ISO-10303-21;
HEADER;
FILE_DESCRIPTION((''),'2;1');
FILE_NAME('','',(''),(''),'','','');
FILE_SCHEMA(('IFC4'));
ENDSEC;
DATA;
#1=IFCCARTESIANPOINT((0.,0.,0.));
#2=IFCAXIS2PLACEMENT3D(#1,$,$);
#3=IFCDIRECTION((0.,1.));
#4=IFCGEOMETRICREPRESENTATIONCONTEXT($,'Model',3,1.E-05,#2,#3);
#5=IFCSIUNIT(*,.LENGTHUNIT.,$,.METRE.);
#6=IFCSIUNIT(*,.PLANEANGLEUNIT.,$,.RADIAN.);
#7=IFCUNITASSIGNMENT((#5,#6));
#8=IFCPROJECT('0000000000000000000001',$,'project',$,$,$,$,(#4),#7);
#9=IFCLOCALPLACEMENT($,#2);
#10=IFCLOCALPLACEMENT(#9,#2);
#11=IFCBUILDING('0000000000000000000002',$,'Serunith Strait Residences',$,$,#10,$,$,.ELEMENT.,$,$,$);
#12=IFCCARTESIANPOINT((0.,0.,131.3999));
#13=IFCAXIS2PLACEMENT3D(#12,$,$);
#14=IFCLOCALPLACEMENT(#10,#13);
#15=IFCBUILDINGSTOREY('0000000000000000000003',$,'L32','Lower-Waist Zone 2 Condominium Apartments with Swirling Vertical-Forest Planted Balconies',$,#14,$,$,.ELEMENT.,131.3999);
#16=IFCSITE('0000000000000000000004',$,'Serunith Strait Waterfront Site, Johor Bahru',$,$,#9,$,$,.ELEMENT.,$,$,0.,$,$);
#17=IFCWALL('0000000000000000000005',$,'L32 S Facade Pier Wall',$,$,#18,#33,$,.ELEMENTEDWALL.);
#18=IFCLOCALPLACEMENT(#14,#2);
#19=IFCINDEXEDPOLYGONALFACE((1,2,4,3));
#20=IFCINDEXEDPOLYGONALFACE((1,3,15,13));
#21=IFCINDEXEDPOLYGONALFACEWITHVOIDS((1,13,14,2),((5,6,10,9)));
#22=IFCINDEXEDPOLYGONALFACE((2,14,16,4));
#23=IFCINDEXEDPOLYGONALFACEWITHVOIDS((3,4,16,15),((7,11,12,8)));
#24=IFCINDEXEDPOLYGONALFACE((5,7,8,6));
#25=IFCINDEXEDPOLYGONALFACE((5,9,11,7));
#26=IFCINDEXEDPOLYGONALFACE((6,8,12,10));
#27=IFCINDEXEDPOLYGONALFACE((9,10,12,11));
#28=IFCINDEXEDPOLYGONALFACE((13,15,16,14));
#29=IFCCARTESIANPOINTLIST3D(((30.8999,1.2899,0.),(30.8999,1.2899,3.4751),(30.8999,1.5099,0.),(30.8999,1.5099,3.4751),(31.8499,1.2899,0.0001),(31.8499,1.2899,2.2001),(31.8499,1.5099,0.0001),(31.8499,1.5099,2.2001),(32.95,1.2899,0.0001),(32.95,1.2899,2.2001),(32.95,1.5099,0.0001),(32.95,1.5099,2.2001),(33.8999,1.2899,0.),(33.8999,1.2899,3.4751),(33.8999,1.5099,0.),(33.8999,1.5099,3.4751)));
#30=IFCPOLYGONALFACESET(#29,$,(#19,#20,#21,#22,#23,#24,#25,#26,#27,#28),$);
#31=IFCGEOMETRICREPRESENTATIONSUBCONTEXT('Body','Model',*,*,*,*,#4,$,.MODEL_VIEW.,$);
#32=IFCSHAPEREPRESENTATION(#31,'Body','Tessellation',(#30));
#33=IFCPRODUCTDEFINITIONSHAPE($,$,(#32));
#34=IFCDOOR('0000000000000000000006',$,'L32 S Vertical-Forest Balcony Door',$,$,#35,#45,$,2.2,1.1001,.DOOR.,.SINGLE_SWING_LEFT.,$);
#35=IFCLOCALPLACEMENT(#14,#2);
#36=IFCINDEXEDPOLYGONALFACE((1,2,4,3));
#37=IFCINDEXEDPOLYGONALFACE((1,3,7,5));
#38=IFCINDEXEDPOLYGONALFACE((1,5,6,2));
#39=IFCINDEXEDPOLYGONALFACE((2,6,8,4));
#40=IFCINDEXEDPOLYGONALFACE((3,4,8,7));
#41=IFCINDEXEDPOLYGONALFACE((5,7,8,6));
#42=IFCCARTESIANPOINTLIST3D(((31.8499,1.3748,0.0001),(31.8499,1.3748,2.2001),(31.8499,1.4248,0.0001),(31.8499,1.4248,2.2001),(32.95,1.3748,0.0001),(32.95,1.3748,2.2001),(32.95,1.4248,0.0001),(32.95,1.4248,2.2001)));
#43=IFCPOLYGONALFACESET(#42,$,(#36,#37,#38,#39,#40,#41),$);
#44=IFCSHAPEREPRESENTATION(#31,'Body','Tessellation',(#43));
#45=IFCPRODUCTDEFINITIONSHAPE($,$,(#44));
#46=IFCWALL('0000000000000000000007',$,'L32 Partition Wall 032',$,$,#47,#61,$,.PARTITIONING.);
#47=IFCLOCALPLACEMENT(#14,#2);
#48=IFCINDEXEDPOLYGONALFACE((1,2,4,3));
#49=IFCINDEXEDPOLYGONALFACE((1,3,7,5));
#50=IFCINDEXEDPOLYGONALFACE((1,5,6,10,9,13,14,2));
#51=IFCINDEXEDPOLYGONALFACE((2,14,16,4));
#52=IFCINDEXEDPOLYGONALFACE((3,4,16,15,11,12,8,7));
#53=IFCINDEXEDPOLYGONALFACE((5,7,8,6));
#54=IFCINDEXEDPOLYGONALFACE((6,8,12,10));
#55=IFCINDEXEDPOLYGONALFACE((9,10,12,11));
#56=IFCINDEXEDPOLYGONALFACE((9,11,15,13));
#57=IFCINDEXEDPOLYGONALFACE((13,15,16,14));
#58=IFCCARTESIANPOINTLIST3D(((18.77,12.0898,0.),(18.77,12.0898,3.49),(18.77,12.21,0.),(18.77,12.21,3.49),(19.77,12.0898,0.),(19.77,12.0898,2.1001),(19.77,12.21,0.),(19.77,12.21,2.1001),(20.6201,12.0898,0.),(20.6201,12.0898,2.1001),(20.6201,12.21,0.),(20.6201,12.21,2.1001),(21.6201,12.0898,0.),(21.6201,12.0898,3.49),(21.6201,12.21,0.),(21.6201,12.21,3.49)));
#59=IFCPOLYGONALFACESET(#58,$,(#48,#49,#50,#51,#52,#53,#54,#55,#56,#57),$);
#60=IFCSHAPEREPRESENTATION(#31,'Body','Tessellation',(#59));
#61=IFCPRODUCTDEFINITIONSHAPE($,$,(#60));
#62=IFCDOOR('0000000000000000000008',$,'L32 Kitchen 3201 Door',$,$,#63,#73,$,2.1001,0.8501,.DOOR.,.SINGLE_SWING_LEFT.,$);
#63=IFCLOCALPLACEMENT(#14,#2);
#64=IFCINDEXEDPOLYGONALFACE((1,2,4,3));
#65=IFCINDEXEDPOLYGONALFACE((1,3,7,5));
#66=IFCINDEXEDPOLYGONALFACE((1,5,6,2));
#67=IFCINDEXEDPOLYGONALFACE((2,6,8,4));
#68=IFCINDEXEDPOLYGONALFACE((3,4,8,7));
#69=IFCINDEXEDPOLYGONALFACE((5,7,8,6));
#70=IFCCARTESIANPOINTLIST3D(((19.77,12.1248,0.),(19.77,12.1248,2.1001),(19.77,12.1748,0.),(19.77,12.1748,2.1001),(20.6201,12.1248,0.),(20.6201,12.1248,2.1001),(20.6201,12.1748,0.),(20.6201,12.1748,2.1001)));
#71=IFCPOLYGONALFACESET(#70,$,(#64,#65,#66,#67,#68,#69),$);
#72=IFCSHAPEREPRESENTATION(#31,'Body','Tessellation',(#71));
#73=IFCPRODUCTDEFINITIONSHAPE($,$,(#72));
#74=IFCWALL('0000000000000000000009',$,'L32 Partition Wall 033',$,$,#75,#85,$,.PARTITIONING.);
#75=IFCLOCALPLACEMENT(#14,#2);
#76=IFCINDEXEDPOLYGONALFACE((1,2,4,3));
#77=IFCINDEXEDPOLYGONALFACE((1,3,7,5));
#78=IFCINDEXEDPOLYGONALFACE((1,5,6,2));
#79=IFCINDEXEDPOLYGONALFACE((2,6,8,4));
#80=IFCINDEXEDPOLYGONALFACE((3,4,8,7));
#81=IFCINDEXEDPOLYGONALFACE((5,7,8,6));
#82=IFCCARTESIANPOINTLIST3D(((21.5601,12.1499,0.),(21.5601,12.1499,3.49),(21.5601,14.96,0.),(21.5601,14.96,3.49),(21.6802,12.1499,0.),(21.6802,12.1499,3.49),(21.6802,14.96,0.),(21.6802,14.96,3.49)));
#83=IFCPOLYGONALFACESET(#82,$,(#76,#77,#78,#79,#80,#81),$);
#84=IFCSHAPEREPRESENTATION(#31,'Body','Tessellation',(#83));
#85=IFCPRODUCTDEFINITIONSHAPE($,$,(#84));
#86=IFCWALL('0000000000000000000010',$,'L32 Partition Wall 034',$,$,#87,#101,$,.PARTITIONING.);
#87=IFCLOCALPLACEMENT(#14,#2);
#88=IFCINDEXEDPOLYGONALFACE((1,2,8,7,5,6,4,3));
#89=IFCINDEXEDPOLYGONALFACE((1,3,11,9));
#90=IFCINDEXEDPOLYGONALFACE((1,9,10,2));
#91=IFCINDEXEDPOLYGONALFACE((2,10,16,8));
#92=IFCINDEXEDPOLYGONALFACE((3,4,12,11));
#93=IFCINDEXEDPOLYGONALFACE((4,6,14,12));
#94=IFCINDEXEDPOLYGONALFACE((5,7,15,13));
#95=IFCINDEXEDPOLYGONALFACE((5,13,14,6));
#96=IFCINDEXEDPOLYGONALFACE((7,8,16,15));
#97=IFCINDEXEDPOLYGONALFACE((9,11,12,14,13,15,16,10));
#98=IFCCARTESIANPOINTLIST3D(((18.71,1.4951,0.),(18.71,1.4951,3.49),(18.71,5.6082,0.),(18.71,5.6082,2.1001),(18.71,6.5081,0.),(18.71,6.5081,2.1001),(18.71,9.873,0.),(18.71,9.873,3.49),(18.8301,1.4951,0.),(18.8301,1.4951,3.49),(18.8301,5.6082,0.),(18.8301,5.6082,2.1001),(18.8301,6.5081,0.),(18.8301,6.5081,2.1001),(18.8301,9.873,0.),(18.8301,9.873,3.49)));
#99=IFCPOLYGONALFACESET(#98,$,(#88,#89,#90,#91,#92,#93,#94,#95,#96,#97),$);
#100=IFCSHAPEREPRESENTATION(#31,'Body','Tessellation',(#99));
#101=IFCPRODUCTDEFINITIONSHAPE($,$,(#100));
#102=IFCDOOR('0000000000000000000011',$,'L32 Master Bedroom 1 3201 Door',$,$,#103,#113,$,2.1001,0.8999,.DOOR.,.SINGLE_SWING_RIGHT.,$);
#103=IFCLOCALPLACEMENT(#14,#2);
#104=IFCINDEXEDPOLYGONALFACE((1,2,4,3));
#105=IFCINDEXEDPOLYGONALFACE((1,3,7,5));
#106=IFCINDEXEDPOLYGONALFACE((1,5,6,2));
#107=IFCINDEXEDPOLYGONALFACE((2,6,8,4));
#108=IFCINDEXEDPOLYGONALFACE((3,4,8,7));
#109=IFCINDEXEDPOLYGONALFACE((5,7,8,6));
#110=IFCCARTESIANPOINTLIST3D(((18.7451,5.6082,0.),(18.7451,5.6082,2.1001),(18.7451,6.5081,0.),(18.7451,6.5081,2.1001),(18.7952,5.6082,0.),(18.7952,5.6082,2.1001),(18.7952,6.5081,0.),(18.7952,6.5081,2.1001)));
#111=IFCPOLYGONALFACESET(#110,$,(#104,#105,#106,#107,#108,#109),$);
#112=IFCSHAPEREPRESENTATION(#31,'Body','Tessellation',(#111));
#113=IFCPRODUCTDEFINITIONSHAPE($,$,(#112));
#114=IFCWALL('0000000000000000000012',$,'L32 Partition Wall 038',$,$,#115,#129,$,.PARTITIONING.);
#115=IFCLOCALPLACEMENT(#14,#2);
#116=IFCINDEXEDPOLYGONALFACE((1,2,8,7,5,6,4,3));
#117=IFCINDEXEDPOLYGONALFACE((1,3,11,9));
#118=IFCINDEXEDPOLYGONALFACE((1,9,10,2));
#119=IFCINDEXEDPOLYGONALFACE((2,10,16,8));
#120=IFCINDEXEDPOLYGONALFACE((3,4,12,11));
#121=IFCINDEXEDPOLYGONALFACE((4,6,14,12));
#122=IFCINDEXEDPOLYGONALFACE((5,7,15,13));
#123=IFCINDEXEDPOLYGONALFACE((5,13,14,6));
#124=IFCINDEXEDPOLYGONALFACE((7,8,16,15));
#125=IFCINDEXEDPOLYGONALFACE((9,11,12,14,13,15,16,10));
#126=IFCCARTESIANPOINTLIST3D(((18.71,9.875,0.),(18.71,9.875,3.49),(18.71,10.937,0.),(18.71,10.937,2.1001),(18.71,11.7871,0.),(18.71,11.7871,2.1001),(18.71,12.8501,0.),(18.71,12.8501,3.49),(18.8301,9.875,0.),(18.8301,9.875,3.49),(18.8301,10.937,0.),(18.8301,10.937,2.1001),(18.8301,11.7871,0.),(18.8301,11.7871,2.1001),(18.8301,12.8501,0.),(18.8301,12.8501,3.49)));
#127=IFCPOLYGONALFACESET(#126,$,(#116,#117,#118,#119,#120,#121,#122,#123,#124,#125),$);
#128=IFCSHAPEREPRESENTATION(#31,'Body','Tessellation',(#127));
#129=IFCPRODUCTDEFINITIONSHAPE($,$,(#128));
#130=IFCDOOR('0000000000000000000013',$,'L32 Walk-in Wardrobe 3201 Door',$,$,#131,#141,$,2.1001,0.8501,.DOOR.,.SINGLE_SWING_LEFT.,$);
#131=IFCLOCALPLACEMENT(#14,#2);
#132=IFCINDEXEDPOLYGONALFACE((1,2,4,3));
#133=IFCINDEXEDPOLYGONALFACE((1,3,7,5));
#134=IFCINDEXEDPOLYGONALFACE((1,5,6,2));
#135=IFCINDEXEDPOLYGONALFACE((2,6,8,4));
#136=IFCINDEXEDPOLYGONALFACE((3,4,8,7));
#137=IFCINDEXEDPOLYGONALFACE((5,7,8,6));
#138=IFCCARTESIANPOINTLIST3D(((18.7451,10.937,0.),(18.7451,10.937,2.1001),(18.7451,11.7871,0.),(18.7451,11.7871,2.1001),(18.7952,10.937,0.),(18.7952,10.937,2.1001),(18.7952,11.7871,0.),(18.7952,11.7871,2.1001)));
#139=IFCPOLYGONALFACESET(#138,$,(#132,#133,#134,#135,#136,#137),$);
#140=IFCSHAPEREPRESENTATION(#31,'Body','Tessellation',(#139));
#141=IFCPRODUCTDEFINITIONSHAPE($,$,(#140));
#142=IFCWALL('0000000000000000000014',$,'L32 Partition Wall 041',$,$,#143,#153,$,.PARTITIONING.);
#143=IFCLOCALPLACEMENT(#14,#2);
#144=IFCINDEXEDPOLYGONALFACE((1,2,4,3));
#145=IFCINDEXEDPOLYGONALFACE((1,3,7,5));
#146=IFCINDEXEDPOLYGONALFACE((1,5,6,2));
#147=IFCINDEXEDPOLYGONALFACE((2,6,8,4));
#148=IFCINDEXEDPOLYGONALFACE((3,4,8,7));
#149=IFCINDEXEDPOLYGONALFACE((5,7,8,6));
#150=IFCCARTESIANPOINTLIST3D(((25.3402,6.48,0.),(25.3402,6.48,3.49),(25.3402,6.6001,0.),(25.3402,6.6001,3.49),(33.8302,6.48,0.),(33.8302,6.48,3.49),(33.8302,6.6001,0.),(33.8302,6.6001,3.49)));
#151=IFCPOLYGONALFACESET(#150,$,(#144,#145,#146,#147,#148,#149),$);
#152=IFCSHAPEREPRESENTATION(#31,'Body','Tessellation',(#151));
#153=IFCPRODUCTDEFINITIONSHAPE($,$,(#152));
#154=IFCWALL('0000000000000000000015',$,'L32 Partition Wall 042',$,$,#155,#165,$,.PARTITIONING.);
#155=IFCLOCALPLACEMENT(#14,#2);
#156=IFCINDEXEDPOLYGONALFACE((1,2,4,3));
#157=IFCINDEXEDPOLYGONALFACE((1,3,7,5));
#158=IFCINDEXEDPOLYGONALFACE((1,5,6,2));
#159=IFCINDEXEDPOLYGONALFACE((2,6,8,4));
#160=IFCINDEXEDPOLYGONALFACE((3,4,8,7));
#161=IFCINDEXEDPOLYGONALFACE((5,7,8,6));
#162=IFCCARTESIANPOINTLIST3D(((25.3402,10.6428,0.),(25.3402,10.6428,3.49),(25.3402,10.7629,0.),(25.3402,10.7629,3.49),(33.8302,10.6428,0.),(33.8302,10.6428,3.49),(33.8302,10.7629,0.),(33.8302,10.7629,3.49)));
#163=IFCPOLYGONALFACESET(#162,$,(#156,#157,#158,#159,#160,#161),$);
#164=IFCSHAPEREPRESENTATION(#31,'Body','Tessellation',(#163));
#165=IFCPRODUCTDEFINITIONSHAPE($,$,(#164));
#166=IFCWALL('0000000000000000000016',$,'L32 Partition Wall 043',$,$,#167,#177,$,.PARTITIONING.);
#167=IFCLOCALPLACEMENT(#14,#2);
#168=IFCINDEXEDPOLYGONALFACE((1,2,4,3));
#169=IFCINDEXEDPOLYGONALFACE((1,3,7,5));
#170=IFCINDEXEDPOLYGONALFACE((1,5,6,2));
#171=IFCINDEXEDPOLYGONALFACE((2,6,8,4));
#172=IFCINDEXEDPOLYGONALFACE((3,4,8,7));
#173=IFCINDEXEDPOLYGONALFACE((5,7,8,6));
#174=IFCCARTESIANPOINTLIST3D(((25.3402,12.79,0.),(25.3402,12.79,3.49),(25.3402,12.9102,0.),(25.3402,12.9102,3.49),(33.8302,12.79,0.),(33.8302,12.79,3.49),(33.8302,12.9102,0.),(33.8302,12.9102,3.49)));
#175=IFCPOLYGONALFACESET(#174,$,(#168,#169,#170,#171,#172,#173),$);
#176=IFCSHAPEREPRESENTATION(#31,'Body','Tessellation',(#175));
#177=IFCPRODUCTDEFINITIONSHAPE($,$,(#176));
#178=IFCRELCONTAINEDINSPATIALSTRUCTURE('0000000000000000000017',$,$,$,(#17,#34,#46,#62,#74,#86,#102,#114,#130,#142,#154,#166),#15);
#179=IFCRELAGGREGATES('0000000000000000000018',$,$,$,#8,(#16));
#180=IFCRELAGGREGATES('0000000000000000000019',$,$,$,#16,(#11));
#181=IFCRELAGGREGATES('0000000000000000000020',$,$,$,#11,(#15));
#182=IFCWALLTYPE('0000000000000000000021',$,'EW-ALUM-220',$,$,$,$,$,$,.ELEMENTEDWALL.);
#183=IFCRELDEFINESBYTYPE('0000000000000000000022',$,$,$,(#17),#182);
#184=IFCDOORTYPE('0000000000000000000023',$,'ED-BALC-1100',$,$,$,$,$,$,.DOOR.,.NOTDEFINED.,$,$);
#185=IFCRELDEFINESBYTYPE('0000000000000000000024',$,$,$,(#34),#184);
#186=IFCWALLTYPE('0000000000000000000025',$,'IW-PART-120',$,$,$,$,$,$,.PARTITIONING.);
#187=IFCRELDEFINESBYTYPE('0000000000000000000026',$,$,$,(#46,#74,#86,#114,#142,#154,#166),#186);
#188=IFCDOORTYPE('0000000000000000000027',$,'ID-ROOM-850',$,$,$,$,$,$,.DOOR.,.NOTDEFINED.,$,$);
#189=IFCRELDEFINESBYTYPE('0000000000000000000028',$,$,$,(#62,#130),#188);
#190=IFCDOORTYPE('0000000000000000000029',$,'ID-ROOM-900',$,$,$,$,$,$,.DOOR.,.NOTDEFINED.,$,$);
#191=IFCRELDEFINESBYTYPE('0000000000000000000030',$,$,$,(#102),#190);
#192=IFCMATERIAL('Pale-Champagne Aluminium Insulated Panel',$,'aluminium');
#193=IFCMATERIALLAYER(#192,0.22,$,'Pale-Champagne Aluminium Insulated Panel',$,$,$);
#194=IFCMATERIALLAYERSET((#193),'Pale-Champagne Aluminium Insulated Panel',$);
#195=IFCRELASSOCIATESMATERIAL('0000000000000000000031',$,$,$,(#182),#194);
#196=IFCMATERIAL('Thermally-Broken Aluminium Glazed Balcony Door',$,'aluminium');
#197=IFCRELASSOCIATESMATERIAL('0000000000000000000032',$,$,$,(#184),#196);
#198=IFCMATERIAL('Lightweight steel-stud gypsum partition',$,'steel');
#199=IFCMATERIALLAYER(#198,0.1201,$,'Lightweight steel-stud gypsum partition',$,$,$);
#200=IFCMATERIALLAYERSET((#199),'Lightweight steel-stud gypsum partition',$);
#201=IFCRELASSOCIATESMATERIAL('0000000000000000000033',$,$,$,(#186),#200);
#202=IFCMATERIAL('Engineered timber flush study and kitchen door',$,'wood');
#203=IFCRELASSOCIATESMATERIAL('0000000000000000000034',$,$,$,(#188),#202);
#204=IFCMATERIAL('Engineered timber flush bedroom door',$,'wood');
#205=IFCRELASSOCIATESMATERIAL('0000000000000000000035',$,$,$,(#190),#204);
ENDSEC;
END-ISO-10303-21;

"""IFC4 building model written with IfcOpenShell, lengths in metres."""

from ifc_helpers import new_model, si_unit, direction, frame, frame_2d, origin, place, context, subcontext, project, spatial, rectangle, extrude, source, transform, mapped, material, layer, layer_set, type_object, element, fill, save


model = new_model("IFC4")

# Units and contexts
model_context = context("Model", 3, precision=1e-05, world=origin(), true_north=direction((0.0, 1.0)))
body_context = subcontext(model_context, "Body", "Model", "MODEL_VIEW")
ifc_project = project(units=[si_unit("LENGTHUNIT", "METRE"), si_unit("PLANEANGLEUNIT", "RADIAN")], contexts=[model_context])

# Site, building, storey
site_placement = place(None, origin())
site = spatial("IfcSite", under=ifc_project, at=site_placement, Name="Serunith Strait Waterfront Site, Johor Bahru", CompositionType="ELEMENT", RefElevation=0.0)
building_placement = place(site_placement, origin())
building = spatial("IfcBuilding", under=site, at=building_placement, Name="Serunith Strait Residences", CompositionType="ELEMENT")
storey_placement = place(building_placement, frame((0.0, 0.0, 131.3999)))
storey = spatial("IfcBuildingStorey", under=building, at=storey_placement, Name="L32", Description="Lower-Waist Zone 2 Condominium Apartments with Swirling Vertical-Forest Planted Balconies", CompositionType="ELEMENT", Elevation=131.3999)

# Walls, openings, doors
ifc_material_1 = material(Name="Pale-Champagne Aluminium Insulated Panel", Category="aluminium")
ifc_layer_1 = layer(ifc_material_1, 0.22, Name="Pale-Champagne Aluminium Insulated Panel")
ifc_layer_set_1 = layer_set([ifc_layer_1], Name="Pale-Champagne Aluminium Insulated Panel")
wall_type_1 = type_object("IfcWallType", Name="EW-ALUM-220", PredefinedType="ELEMENTEDWALL", material=ifc_layer_set_1)
wall_1_placement = place(storey_placement, frame((30.8999, 1.3999, 0.0), z_axis=(0.0, 0.0, 1.0), x_axis=(1.0, 0.0, 0.0)))
wall_1 = element("IfcWall", 1, at=wall_1_placement, inside=storey, type_object=wall_type_1, Name="L32 S Facade Pier Wall", PredefinedType="ELEMENTEDWALL", context=body_context, shape_type="SweptSolid", body=[
    extrude(rectangle(XDim=3.0, YDim=0.22, at=frame_2d((1.5, 0.0))), origin(), (0.0, 0.0, 1.0), 3.4751),
])
opening_1_placement = place(wall_1_placement, frame((0.95, 0.0, 0.0)))
opening_1 = element("IfcOpeningElement", 2, at=opening_1_placement, cuts=wall_1, PredefinedType="OPENING", context=body_context, shape_type="SweptSolid", body=[
    extrude(rectangle(XDim=1.1001, YDim=2.2, at=frame_2d((0.55, 1.1001))), frame((0.0, 0.1201, 0.0), z_axis=(0.0, -1.0, 0.0), x_axis=(1.0, 0.0, 0.0)), (0.0, 0.0, 1.0), 0.24),
])
ifc_material_2 = material(Name="Thermally-Broken Aluminium Glazed Balcony Door", Category="aluminium")
door_type_1 = type_object("IfcDoorType", Name="ED-BALC-1100", OperationType="NOTDEFINED", PredefinedType="DOOR", material=ifc_material_2)
shared_shape_1 = source(origin(), body_context, "Body", "SweptSolid", [
    extrude(rectangle(XDim=1.1001, YDim=2.2, at=frame_2d((0.55, 1.1001))), frame((0.0, 0.0249, 0.0), z_axis=(0.0, -1.0, 0.0), x_axis=(1.0, 0.0, 0.0)), (0.0, 0.0, 1.0), 0.05),
])
door_1_placement = place(opening_1_placement, origin())
door_1 = element("IfcDoor", 3, at=door_1_placement, inside=storey, type_object=door_type_1, Name="L32 S Vertical-Forest Balcony Door", OperationType="SINGLE_SWING_LEFT", OverallHeight=2.2, OverallWidth=1.1001, PredefinedType="DOOR", context=body_context, shape_type="MappedRepresentation", body=[
    mapped(shared_shape_1, transform((0.0, 0.0, 0.0), scale=1.0)),
])
fill(opening_1, door_1)
ifc_material_3 = material(Name="Lightweight steel-stud gypsum partition", Category="steel")
ifc_layer_2 = layer(ifc_material_3, 0.1201, Name="Lightweight steel-stud gypsum partition")
ifc_layer_set_2 = layer_set([ifc_layer_2], Name="Lightweight steel-stud gypsum partition")
wall_type_2 = type_object("IfcWallType", Name="IW-PART-120", PredefinedType="PARTITIONING", material=ifc_layer_set_2)
wall_2_placement = place(storey_placement, frame((18.77, 12.1499, 0.0), z_axis=(0.0, 0.0, 1.0), x_axis=(1.0, 0.0, 0.0)))
wall_2 = element("IfcWall", 4, at=wall_2_placement, inside=storey, type_object=wall_type_2, Name="L32 Partition Wall 032", PredefinedType="PARTITIONING", context=body_context, shape_type="SweptSolid", body=[
    extrude(rectangle(XDim=2.8501, YDim=0.1201, at=frame_2d((1.425, 0.0))), origin(), (0.0, 0.0, 1.0), 3.49),
])
opening_2_placement = place(wall_2_placement, frame((1.0, 0.0, 0.0)))
opening_2 = element("IfcOpeningElement", 5, at=opening_2_placement, cuts=wall_2, PredefinedType="OPENING", context=body_context, shape_type="SweptSolid", body=[
    extrude(rectangle(XDim=0.8501, YDim=2.1001, at=frame_2d((0.425, 1.05))), frame((0.0, 0.0701, 0.0), z_axis=(0.0, -1.0, 0.0), x_axis=(1.0, 0.0, 0.0)), (0.0, 0.0, 1.0), 0.1401),
])
ifc_material_4 = material(Name="Engineered timber flush study and kitchen door", Category="wood")
door_type_2 = type_object("IfcDoorType", Name="ID-ROOM-850", OperationType="NOTDEFINED", PredefinedType="DOOR", material=ifc_material_4)
shared_shape_2 = source(origin(), body_context, "Body", "SweptSolid", [
    extrude(rectangle(XDim=0.8501, YDim=2.1001, at=frame_2d((0.425, 1.05))), frame((0.0, 0.0249, 0.0), z_axis=(0.0, -1.0, 0.0), x_axis=(1.0, 0.0, 0.0)), (0.0, 0.0, 1.0), 0.05),
])
door_2_placement = place(opening_2_placement, origin())
door_2 = element("IfcDoor", 6, at=door_2_placement, inside=storey, type_object=door_type_2, Name="L32 Kitchen 3201 Door", OperationType="SINGLE_SWING_LEFT", OverallHeight=2.1001, OverallWidth=0.8501, PredefinedType="DOOR", context=body_context, shape_type="MappedRepresentation", body=[
    mapped(shared_shape_2, transform((0.0, 0.0, 0.0), scale=1.0)),
])
fill(opening_2, door_2)

# Wall
wall_3_placement = place(storey_placement, frame((21.6201, 12.1499, 0.0), z_axis=(0.0, 0.0, 1.0), x_axis=(0.0, 1.0, 0.0)))
element("IfcWall", 7, at=wall_3_placement, inside=storey, type_object=wall_type_2, Name="L32 Partition Wall 033", PredefinedType="PARTITIONING", context=body_context, shape_type="SweptSolid", body=[
    extrude(rectangle(XDim=2.8101, YDim=0.1201, at=frame_2d((1.405, 0.0))), origin(), (0.0, 0.0, 1.0), 3.49),
])

# Walls, openings, doors
wall_4_placement = place(storey_placement, frame((18.77, 1.4951, 0.0), z_axis=(0.0, 0.0, 1.0), x_axis=(0.0, 1.0, 0.0)))
wall_4 = element("IfcWall", 8, at=wall_4_placement, inside=storey, type_object=wall_type_2, Name="L32 Partition Wall 034", PredefinedType="PARTITIONING", context=body_context, shape_type="SweptSolid", body=[
    extrude(rectangle(XDim=8.3779, YDim=0.1201, at=frame_2d((4.189, 0.0))), origin(), (0.0, 0.0, 1.0), 3.49),
])
opening_3_placement = place(wall_4_placement, frame((4.113, 0.0, 0.0)))
opening_3 = element("IfcOpeningElement", 9, at=opening_3_placement, cuts=wall_4, PredefinedType="OPENING", context=body_context, shape_type="SweptSolid", body=[
    extrude(rectangle(XDim=0.8999, YDim=2.1001, at=frame_2d((0.45, 1.05))), frame((0.0, 0.0701, 0.0), z_axis=(0.0, -1.0, 0.0), x_axis=(1.0, 0.0, 0.0)), (0.0, 0.0, 1.0), 0.1401),
])
ifc_material_5 = material(Name="Engineered timber flush bedroom door", Category="wood")
door_type_3 = type_object("IfcDoorType", Name="ID-ROOM-900", OperationType="NOTDEFINED", PredefinedType="DOOR", material=ifc_material_5)
shared_shape_3 = source(origin(), body_context, "Body", "SweptSolid", [
    extrude(rectangle(XDim=0.8999, YDim=2.1001, at=frame_2d((0.45, 1.05))), frame((0.0, 0.0249, 0.0), z_axis=(0.0, -1.0, 0.0), x_axis=(1.0, 0.0, 0.0)), (0.0, 0.0, 1.0), 0.05),
])
door_3_placement = place(opening_3_placement, origin())
door_3 = element("IfcDoor", 10, at=door_3_placement, inside=storey, type_object=door_type_3, Name="L32 Master Bedroom 1 3201 Door", OperationType="SINGLE_SWING_RIGHT", OverallHeight=2.1001, OverallWidth=0.8999, PredefinedType="DOOR", context=body_context, shape_type="MappedRepresentation", body=[
    mapped(shared_shape_3, transform((0.0, 0.0, 0.0), scale=1.0)),
])
fill(opening_3, door_3)
wall_5_placement = place(storey_placement, frame((18.77, 9.875, 0.0), z_axis=(0.0, 0.0, 1.0), x_axis=(0.0, 1.0, 0.0)))
wall_5 = element("IfcWall", 11, at=wall_5_placement, inside=storey, type_object=wall_type_2, Name="L32 Partition Wall 038", PredefinedType="PARTITIONING", context=body_context, shape_type="SweptSolid", body=[
    extrude(rectangle(XDim=2.9751, YDim=0.1201, at=frame_2d((1.4875, 0.0))), origin(), (0.0, 0.0, 1.0), 3.49),
])
opening_4_placement = place(wall_5_placement, frame((1.062, 0.0, 0.0)))
opening_4 = element("IfcOpeningElement", 12, at=opening_4_placement, cuts=wall_5, PredefinedType="OPENING", context=body_context, shape_type="SweptSolid", body=[
    extrude(rectangle(XDim=0.8501, YDim=2.1001, at=frame_2d((0.425, 1.05))), frame((0.0, 0.0701, 0.0), z_axis=(0.0, -1.0, 0.0), x_axis=(1.0, 0.0, 0.0)), (0.0, 0.0, 1.0), 0.1401),
])
door_4_placement = place(opening_4_placement, origin())
door_4 = element("IfcDoor", 13, at=door_4_placement, inside=storey, type_object=door_type_2, Name="L32 Walk-in Wardrobe 3201 Door", OperationType="SINGLE_SWING_LEFT", OverallHeight=2.1001, OverallWidth=0.8501, PredefinedType="DOOR", context=body_context, shape_type="MappedRepresentation", body=[
    mapped(shared_shape_2, transform((0.0, 0.0, 0.0), scale=1.0)),
])
fill(opening_4, door_4)

# Walls
for number, where, z_axis, x_axis, name in (
    (14, (25.3401, 6.54, 0.0), (0.0, 0.0, 1.0), (1.0, 0.0, 0.0), "L32 Partition Wall 041"),
    (15, (25.3401, 10.7029, 0.0), (0.0, 0.0, 1.0), (1.0, 0.0, 0.0), "L32 Partition Wall 042"),
    (16, (25.3401, 12.8501, 0.0), (0.0, 0.0, 1.0), (1.0, 0.0, 0.0), "L32 Partition Wall 043"),
):
    element("IfcWall", number, at=place(storey_placement, frame(where, z_axis=z_axis, x_axis=x_axis)), inside=storey, type_object=wall_type_2, Name=name, PredefinedType="PARTITIONING", context=body_context, shape_type="SweptSolid", body=[
        extrude(rectangle(XDim=8.49, YDim=0.1201, at=frame_2d((4.2451, 0.0))), origin(), (0.0, 0.0, 1.0), 3.49),
    ])

save(model, "model.ifc")
